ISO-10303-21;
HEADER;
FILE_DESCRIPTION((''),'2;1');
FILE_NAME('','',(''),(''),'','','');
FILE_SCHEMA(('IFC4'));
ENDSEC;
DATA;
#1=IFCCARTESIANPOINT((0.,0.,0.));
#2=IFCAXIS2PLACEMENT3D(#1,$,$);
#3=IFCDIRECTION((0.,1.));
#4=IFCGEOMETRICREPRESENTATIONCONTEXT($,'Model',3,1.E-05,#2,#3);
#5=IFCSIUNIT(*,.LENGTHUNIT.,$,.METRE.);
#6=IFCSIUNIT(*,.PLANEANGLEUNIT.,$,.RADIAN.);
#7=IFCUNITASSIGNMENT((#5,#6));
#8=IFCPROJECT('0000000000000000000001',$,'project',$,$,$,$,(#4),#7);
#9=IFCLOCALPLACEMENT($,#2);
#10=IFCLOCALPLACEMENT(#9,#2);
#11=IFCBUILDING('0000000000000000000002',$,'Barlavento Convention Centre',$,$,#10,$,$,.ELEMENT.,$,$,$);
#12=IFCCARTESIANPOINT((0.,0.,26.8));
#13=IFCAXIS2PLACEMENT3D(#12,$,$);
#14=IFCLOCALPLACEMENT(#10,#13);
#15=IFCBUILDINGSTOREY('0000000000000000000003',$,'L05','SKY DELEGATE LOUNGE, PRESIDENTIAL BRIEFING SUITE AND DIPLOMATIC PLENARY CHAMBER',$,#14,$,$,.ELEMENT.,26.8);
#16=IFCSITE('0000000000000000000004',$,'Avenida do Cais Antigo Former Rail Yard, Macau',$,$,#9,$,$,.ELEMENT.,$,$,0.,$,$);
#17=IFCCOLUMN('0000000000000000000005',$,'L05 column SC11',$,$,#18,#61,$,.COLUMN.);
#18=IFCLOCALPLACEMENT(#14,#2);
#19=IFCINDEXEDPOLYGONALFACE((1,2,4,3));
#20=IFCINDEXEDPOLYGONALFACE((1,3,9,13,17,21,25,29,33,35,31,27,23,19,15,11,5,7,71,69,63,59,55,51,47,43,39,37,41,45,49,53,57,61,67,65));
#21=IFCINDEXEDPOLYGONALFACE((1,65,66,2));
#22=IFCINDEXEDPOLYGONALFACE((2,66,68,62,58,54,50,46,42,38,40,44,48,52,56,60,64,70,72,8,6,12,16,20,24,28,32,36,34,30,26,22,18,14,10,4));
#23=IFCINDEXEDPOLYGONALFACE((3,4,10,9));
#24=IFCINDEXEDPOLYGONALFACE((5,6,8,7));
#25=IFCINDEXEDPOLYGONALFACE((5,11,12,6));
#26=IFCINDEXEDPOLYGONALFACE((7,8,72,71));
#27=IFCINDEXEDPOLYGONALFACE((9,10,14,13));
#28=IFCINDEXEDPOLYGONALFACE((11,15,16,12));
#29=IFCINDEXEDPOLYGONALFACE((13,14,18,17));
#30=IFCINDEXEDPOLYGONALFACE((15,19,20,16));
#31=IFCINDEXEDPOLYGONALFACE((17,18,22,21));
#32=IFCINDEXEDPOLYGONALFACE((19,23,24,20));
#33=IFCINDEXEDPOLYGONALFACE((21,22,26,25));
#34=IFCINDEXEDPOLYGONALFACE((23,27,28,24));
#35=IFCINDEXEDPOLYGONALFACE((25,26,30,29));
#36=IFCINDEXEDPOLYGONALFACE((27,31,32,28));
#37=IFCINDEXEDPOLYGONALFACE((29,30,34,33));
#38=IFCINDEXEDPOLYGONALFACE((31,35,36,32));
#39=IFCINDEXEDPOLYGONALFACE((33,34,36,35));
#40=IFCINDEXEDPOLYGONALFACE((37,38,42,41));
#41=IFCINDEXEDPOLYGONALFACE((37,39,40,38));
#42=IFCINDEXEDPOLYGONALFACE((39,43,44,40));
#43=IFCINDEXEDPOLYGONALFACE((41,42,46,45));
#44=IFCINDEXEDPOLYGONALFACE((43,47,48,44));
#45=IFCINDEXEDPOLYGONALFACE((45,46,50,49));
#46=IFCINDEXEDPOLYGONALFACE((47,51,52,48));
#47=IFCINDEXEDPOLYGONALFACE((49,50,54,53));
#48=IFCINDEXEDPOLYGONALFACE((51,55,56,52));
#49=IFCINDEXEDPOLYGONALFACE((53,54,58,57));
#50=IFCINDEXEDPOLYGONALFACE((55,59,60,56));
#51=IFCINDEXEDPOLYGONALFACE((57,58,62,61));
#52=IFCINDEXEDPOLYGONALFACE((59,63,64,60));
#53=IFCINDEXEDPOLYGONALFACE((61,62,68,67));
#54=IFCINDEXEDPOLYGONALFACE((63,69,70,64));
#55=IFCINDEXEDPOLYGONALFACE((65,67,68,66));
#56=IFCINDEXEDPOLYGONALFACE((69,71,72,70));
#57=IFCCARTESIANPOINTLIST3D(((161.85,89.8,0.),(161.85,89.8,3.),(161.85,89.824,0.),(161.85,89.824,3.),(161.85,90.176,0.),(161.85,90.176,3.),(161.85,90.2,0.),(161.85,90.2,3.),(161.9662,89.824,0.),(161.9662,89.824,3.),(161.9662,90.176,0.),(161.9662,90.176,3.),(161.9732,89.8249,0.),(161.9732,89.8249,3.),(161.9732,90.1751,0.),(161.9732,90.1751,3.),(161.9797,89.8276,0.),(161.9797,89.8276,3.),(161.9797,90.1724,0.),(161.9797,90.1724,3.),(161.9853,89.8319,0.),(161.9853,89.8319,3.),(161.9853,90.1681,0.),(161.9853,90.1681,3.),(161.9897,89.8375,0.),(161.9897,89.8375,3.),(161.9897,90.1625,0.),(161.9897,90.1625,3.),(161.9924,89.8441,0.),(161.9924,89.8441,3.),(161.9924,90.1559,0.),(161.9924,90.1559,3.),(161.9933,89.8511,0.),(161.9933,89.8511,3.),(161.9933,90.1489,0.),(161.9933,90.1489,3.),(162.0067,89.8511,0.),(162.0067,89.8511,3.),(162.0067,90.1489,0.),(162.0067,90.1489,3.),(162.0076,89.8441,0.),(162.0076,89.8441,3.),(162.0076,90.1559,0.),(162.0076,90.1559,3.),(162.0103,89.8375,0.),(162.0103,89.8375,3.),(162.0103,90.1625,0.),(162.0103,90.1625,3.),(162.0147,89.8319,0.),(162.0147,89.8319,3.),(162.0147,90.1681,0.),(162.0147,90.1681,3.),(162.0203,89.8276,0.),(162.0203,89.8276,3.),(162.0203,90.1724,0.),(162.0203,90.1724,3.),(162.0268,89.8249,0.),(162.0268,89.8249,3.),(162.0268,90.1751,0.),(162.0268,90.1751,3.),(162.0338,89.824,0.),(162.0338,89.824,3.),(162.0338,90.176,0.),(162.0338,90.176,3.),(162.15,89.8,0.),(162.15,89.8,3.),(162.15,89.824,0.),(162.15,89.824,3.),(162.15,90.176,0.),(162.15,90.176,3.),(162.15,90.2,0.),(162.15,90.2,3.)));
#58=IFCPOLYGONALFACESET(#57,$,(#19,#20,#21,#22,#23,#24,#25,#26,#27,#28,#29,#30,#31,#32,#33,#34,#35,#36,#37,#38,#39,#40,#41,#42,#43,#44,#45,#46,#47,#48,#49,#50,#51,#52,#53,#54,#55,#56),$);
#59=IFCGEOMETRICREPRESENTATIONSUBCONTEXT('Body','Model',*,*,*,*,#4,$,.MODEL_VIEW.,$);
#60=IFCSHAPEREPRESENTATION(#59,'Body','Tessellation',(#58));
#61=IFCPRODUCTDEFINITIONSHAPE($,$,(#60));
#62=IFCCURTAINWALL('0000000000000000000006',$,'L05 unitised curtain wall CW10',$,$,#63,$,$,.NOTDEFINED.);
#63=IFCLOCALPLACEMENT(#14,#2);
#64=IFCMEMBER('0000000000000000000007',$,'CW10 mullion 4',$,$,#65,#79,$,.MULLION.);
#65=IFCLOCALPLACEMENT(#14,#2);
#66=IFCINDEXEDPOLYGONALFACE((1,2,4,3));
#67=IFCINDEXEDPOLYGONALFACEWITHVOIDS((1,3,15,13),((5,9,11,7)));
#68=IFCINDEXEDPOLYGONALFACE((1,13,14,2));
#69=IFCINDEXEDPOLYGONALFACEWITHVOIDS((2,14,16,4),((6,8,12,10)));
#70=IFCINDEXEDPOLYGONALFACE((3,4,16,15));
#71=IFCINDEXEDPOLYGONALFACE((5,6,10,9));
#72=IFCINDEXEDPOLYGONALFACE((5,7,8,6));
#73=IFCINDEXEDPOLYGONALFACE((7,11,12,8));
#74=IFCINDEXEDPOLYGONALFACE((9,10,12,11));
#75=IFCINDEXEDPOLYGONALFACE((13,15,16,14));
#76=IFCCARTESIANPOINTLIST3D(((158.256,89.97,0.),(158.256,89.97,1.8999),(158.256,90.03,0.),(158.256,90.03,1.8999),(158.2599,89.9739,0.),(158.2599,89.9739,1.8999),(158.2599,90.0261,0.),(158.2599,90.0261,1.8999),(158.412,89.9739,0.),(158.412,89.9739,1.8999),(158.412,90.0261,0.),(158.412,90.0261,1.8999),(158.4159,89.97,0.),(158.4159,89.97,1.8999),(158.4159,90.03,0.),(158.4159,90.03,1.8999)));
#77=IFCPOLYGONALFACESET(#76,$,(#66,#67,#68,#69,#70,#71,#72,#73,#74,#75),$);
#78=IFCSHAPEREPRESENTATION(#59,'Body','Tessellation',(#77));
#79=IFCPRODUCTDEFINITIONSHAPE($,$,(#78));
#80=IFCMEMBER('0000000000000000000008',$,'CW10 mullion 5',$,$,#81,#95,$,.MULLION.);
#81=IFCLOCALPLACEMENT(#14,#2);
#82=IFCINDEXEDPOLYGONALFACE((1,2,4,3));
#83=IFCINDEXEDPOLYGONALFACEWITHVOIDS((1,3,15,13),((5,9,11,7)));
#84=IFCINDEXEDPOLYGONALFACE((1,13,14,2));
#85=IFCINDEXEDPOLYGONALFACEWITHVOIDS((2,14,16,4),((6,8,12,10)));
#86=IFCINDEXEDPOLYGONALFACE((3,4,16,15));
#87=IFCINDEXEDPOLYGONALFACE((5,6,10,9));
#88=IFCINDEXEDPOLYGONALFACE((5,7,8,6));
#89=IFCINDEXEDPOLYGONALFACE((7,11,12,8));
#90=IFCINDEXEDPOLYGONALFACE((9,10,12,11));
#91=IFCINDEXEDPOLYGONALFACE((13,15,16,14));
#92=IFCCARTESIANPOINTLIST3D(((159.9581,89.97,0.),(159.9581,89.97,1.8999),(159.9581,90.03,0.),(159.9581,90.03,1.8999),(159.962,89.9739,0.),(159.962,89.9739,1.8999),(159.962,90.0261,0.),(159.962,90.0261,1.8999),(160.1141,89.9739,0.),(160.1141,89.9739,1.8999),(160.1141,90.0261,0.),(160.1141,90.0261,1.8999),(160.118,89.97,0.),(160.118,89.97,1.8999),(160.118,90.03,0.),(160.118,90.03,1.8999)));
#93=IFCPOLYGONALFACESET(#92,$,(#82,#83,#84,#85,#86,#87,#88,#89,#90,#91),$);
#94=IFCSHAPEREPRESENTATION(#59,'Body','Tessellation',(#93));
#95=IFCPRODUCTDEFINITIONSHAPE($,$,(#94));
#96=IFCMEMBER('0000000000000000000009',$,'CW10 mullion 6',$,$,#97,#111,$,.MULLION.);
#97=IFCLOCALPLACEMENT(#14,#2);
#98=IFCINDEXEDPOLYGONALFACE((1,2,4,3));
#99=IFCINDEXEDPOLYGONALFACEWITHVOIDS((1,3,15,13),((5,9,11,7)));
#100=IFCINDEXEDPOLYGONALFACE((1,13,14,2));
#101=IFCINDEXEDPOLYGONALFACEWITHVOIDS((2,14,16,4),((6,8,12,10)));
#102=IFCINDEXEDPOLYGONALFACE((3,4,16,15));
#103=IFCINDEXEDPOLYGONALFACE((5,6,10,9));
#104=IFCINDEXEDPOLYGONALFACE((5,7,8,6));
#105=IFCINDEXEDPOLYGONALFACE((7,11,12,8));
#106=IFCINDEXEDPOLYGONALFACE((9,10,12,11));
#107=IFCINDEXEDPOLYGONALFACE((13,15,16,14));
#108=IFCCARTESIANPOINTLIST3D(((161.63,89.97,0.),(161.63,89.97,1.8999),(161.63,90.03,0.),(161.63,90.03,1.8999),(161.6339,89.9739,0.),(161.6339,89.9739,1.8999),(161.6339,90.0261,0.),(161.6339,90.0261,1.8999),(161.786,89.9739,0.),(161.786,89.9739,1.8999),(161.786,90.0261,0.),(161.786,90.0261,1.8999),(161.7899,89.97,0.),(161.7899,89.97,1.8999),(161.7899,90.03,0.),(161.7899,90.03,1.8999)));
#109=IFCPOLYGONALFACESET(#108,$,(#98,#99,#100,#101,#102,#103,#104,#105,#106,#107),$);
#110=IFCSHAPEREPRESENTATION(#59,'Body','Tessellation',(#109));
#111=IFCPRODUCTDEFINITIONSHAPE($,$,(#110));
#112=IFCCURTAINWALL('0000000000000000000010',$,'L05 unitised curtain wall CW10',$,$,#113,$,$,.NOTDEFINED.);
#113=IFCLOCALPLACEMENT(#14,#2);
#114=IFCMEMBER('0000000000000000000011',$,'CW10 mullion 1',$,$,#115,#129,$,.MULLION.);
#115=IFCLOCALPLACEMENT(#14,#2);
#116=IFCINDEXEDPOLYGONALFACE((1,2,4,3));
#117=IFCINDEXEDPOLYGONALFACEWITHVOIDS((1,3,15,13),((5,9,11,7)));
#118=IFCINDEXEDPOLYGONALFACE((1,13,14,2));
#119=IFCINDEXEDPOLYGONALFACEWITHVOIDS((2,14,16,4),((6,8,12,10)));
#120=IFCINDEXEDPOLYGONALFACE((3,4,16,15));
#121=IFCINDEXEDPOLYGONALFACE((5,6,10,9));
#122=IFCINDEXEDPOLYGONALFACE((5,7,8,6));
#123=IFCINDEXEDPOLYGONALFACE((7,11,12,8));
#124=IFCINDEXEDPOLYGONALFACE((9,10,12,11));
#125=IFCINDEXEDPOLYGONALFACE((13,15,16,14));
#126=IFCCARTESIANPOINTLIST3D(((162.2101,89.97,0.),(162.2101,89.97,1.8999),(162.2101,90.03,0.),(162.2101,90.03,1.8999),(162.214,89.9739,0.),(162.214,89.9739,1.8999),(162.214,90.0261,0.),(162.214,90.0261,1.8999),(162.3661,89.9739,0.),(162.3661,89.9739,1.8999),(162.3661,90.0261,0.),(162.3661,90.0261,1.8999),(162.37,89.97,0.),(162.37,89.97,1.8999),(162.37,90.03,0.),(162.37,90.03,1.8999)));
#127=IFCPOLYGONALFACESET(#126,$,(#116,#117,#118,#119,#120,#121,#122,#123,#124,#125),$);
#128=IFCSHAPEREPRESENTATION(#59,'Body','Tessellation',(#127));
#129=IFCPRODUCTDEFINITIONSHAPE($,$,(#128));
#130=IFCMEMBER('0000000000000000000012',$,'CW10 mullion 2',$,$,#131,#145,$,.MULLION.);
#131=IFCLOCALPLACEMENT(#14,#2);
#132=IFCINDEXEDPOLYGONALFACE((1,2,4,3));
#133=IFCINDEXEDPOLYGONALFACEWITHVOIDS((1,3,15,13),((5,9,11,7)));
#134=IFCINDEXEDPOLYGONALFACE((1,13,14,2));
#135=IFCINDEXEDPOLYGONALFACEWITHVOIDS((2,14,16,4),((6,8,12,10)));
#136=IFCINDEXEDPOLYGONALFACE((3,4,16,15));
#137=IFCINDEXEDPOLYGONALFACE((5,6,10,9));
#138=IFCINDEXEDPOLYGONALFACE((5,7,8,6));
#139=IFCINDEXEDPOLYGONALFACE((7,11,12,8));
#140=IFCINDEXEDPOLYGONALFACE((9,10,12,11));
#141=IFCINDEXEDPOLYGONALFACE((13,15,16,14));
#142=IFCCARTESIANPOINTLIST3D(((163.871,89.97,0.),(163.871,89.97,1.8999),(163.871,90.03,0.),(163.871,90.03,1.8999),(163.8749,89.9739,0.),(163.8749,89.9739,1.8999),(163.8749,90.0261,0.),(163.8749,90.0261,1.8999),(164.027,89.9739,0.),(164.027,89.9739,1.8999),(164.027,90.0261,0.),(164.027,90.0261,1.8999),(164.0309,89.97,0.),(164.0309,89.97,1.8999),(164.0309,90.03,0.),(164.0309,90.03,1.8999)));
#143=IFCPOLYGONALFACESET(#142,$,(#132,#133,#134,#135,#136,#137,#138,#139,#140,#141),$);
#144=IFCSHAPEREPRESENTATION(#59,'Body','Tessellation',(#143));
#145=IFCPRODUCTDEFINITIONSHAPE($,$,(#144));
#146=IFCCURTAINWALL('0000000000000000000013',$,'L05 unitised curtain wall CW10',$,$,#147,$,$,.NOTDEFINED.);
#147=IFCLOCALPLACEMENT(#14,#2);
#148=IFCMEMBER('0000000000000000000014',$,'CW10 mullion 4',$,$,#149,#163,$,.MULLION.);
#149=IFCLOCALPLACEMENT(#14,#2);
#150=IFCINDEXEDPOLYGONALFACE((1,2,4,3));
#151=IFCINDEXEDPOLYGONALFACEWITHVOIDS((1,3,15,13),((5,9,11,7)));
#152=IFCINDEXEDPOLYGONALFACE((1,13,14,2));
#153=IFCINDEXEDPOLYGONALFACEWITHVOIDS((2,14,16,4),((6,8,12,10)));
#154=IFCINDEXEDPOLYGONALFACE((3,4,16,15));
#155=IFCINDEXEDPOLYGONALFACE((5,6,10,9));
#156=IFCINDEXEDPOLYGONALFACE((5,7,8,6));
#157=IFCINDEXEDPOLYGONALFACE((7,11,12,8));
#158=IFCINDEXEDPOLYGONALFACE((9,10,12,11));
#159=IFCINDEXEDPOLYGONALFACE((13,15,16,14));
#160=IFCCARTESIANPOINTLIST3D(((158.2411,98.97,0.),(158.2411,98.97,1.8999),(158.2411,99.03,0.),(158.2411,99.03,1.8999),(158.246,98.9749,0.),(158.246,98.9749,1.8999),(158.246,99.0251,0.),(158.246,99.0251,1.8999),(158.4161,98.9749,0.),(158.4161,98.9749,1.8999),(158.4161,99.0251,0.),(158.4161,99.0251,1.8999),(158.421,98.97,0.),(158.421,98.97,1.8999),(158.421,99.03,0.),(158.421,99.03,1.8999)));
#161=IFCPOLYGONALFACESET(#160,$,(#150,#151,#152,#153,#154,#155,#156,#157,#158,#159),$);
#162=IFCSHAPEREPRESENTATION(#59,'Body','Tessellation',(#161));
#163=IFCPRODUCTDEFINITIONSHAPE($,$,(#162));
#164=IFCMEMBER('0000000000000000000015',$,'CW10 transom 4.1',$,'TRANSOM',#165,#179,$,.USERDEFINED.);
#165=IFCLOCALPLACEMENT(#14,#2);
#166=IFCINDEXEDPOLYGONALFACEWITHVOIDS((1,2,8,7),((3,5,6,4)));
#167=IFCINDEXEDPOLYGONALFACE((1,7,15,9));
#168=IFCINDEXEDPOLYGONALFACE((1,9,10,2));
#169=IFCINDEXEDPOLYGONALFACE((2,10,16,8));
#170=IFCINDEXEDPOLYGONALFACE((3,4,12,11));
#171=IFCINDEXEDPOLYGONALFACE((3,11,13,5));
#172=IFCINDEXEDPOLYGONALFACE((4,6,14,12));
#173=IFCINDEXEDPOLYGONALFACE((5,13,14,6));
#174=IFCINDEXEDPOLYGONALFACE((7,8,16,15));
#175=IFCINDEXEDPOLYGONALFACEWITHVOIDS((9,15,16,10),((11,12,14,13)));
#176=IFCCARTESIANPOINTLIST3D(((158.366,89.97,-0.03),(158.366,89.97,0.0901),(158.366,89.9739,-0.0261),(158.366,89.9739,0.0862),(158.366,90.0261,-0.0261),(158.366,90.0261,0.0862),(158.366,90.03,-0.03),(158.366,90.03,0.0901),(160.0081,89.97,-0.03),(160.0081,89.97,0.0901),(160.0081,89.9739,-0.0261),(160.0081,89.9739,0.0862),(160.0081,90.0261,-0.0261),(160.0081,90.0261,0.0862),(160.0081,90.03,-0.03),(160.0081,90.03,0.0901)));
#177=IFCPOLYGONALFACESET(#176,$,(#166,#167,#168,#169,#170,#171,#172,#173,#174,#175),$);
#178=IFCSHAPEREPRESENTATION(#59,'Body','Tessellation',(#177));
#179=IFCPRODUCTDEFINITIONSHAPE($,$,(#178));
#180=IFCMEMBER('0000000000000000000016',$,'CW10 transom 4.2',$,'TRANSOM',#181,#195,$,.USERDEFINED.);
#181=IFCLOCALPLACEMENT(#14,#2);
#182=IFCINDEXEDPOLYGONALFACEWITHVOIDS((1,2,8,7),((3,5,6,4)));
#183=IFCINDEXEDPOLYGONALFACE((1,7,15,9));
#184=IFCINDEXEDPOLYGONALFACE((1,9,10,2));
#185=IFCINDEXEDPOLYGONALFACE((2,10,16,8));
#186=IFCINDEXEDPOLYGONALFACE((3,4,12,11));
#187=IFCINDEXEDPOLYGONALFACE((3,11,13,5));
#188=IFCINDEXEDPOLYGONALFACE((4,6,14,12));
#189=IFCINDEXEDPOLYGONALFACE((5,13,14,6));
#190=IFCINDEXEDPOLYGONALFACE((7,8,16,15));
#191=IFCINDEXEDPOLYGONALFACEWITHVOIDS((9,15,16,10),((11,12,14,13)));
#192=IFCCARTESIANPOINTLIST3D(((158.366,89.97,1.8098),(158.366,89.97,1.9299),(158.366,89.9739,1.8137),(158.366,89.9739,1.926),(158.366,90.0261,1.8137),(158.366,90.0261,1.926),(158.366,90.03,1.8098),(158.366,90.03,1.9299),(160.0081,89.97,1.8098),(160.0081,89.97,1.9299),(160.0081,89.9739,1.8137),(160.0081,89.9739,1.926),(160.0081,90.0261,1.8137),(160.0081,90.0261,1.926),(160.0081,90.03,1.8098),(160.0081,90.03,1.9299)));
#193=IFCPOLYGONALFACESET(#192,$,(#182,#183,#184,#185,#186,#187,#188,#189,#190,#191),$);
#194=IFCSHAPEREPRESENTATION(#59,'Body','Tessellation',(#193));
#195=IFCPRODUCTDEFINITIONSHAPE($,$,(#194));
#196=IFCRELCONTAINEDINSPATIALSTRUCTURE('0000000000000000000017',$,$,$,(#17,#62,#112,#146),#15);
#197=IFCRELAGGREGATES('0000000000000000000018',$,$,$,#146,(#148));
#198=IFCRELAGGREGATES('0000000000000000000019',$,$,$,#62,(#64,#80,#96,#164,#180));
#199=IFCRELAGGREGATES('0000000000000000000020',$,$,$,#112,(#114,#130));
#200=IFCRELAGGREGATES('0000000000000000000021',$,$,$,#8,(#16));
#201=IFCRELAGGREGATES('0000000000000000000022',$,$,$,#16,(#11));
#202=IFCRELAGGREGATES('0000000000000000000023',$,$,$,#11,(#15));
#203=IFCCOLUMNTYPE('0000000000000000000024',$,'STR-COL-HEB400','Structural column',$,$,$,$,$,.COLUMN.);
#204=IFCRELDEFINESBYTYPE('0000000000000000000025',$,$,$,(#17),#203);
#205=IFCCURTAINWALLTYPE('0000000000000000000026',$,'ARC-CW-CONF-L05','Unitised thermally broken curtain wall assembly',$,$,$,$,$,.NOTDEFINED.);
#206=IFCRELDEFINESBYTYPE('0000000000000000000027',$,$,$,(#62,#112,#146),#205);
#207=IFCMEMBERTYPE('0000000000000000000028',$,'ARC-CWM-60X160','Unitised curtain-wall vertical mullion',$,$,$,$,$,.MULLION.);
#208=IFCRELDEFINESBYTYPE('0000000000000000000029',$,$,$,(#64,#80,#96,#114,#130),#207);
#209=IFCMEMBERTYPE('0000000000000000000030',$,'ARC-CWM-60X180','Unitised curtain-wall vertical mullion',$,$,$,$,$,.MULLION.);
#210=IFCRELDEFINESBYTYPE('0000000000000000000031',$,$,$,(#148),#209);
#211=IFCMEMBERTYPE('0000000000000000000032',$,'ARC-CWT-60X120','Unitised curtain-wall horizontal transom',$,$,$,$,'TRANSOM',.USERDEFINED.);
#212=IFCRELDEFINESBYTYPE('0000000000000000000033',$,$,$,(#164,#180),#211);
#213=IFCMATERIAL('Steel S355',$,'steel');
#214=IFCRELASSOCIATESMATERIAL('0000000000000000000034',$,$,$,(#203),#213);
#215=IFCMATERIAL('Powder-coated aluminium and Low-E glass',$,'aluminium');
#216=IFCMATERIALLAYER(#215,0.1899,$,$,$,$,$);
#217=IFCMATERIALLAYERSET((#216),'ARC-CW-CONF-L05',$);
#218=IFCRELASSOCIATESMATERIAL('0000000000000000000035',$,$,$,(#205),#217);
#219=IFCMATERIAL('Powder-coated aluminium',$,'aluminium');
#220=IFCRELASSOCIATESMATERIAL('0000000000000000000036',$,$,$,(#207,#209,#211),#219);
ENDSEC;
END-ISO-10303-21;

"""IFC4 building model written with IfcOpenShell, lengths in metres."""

from ifc_helpers import new_model, si_unit, direction, frame, origin, origin_2d, place, context, subcontext, project, spatial, hollow_rectangle, i_section, extrude, material, layer, layer_set, material_profile, profile_set, type_object, element, aggregate, save


model = new_model("IFC4")

# Units and contexts
model_context = context("Model", 3, precision=1e-05, world=origin(), true_north=direction((0.0, 1.0)))
body_context = subcontext(model_context, "Body", "Model", "MODEL_VIEW")
ifc_project = project(units=[si_unit("LENGTHUNIT", "METRE"), si_unit("PLANEANGLEUNIT", "RADIAN")], contexts=[model_context])

# Site, building, storey
site_placement = place(None, origin())
site = spatial("IfcSite", under=ifc_project, at=site_placement, Name="Avenida do Cais Antigo Former Rail Yard, Macau", CompositionType="ELEMENT", RefElevation=0.0)
building_placement = place(site_placement, origin())
building = spatial("IfcBuilding", under=site, at=building_placement, Name="Barlavento Convention Centre", CompositionType="ELEMENT")
storey_placement = place(building_placement, frame((0.0, 0.0, 26.8)))
storey = spatial("IfcBuildingStorey", under=building, at=storey_placement, Name="L05", Description="SKY DELEGATE LOUNGE, PRESIDENTIAL BRIEFING SUITE AND DIPLOMATIC PLENARY CHAMBER", CompositionType="ELEMENT", Elevation=26.8)

# Column
ifc_material_1 = material(Name="Steel S355", Category="steel")
ifc_material_profile_1 = material_profile(ifc_material_1, i_section(OverallWidth=0.3, OverallDepth=0.3999, WebThickness=0.0134, FlangeThickness=0.0239, FilletRadius=0.0271, at=origin_2d()), Name="HEB 400")
ifc_profile_set_1 = profile_set([ifc_material_profile_1], Name="Steel S355")
column_type = type_object("IfcColumnType", Name="STR-COL-HEB400", Description="Structural column", PredefinedType="COLUMN", material=ifc_profile_set_1)
column_placement = place(storey_placement, frame((162.0, 90.0, 0.0), z_axis=(0.0, 0.0, 1.0), x_axis=(1.0, 0.0, 0.0)))
element("IfcColumn", 1, at=column_placement, inside=storey, type_object=column_type, Name="L05 column SC11", PredefinedType="COLUMN", context=body_context, shape_type="SweptSolid", body=[
    extrude(i_section(OverallWidth=0.3, OverallDepth=0.3999, WebThickness=0.0134, FlangeThickness=0.0239, FilletRadius=0.0271, at=origin_2d()), origin(), (0.0, 0.0, 1.0), 3.0),
])

# Curtain walls, members
ifc_material_2 = material(Name="Powder-coated aluminium and Low-E glass", Category="aluminium")
ifc_layer_1 = layer(ifc_material_2, 0.1899)
ifc_layer_set_1 = layer_set([ifc_layer_1], Name="ARC-CW-CONF-L05")
curtain_wall_type = type_object("IfcCurtainWallType", Name="ARC-CW-CONF-L05", Description="Unitised thermally broken curtain wall assembly", PredefinedType="NOTDEFINED", material=ifc_layer_set_1)
curtain_wall_1_placement = place(storey_placement, origin())
curtain_wall_1 = element("IfcCurtainWall", 2, at=curtain_wall_1_placement, inside=storey, type_object=curtain_wall_type, Name="L05 unitised curtain wall CW10", PredefinedType="NOTDEFINED")
ifc_material_3 = material(Name="Powder-coated aluminium", Category="aluminium")
ifc_material_profile_2 = material_profile(ifc_material_3, hollow_rectangle(XDim=0.0601, YDim=0.1599, WallThickness=0.0039, at=origin_2d()), Name="AL-MULL 60x160x4")
ifc_profile_set_2 = profile_set([ifc_material_profile_2], Name="Powder-coated aluminium")
member_type_1 = type_object("IfcMemberType", Name="ARC-CWM-60X160", Description="Unitised curtain-wall vertical mullion", PredefinedType="MULLION", material=ifc_profile_set_2)
member_1_placement = place(storey_placement, frame((158.3359, 90.0, 0.0), z_axis=(0.0, 0.0, 1.0), x_axis=(0.0, 1.0, 0.0)))
member_1 = element("IfcMember", 3, at=member_1_placement, type_object=member_type_1, Name="CW10 mullion 4", PredefinedType="MULLION", context=body_context, shape_type="SweptSolid", body=[
    extrude(hollow_rectangle(XDim=0.0601, YDim=0.1599, WallThickness=0.0039, at=origin_2d()), origin(), (0.0, 0.0, 1.0), 1.8999),
])
member_2_placement = place(storey_placement, frame((160.0381, 90.0, 0.0), z_axis=(0.0, 0.0, 1.0), x_axis=(0.0, 1.0, 0.0)))
member_2 = element("IfcMember", 4, at=member_2_placement, type_object=member_type_1, Name="CW10 mullion 5", PredefinedType="MULLION", context=body_context, shape_type="SweptSolid", body=[
    extrude(hollow_rectangle(XDim=0.0601, YDim=0.1599, WallThickness=0.0039, at=origin_2d()), origin(), (0.0, 0.0, 1.0), 1.8999),
])
member_3_placement = place(storey_placement, frame((161.71, 90.0, 0.0), z_axis=(0.0, 0.0, 1.0), x_axis=(0.0, 1.0, 0.0)))
member_3 = element("IfcMember", 5, at=member_3_placement, type_object=member_type_1, Name="CW10 mullion 6", PredefinedType="MULLION", context=body_context, shape_type="SweptSolid", body=[
    extrude(hollow_rectangle(XDim=0.0601, YDim=0.1599, WallThickness=0.0039, at=origin_2d()), origin(), (0.0, 0.0, 1.0), 1.8999),
])
curtain_wall_2_placement = place(storey_placement, origin())
curtain_wall_2 = element("IfcCurtainWall", 6, at=curtain_wall_2_placement, inside=storey, type_object=curtain_wall_type, Name="L05 unitised curtain wall CW10", PredefinedType="NOTDEFINED")
member_4_placement = place(storey_placement, frame((162.29, 90.0, 0.0), z_axis=(0.0, 0.0, 1.0), x_axis=(0.0, 1.0, 0.0)))
member_4 = element("IfcMember", 7, at=member_4_placement, type_object=member_type_1, Name="CW10 mullion 1", PredefinedType="MULLION", context=body_context, shape_type="SweptSolid", body=[
    extrude(hollow_rectangle(XDim=0.0601, YDim=0.1599, WallThickness=0.0039, at=origin_2d()), origin(), (0.0, 0.0, 1.0), 1.8999),
])
member_5_placement = place(storey_placement, frame((163.9509, 90.0, 0.0), z_axis=(0.0, 0.0, 1.0), x_axis=(0.0, 1.0, 0.0)))
member_5 = element("IfcMember", 8, at=member_5_placement, type_object=member_type_1, Name="CW10 mullion 2", PredefinedType="MULLION", context=body_context, shape_type="SweptSolid", body=[
    extrude(hollow_rectangle(XDim=0.0601, YDim=0.1599, WallThickness=0.0039, at=origin_2d()), origin(), (0.0, 0.0, 1.0), 1.8999),
])

# Curtain wall, member
curtain_wall_3_placement = place(storey_placement, origin())
curtain_wall_3 = element("IfcCurtainWall", 9, at=curtain_wall_3_placement, inside=storey, type_object=curtain_wall_type, Name="L05 unitised curtain wall CW10", PredefinedType="NOTDEFINED")
ifc_material_profile_3 = material_profile(ifc_material_3, hollow_rectangle(XDim=0.0601, YDim=0.1799, WallThickness=0.0049, at=origin_2d()), Name="AL-MULL 60x180x5")
ifc_profile_set_3 = profile_set([ifc_material_profile_3], Name="Powder-coated aluminium")
member_type_2 = type_object("IfcMemberType", Name="ARC-CWM-60X180", Description="Unitised curtain-wall vertical mullion", PredefinedType="MULLION", material=ifc_profile_set_3)
member_6_placement = place(storey_placement, frame((158.3311, 99.0, 0.0), z_axis=(0.0, 0.0, 1.0), x_axis=(0.0, 1.0, 0.0)))
member_6 = element("IfcMember", 10, at=member_6_placement, type_object=member_type_2, Name="CW10 mullion 4", PredefinedType="MULLION", context=body_context, shape_type="SweptSolid", body=[
    extrude(hollow_rectangle(XDim=0.0601, YDim=0.1799, WallThickness=0.0049, at=origin_2d()), origin(), (0.0, 0.0, 1.0), 1.8999),
])
aggregate(curtain_wall_3, [member_6])

# Members
ifc_material_profile_4 = material_profile(ifc_material_3, hollow_rectangle(XDim=0.0601, YDim=0.1201, WallThickness=0.0039, at=origin_2d()), Name="AL-TRAN 60x120x4")
ifc_profile_set_4 = profile_set([ifc_material_profile_4], Name="Powder-coated aluminium")
member_type_3 = type_object("IfcMemberType", Name="ARC-CWT-60X120", Description="Unitised curtain-wall horizontal transom", ElementType="TRANSOM", PredefinedType="USERDEFINED", material=ifc_profile_set_4)
member_7_placement = place(storey_placement, frame((158.366, 90.0, 0.03), z_axis=(1.0, 0.0, 0.0), x_axis=(0.0, 1.0, 0.0)))
member_7 = element("IfcMember", 11, at=member_7_placement, type_object=member_type_3, Name="CW10 transom 4.1", ObjectType="TRANSOM", PredefinedType="USERDEFINED", context=body_context, shape_type="SweptSolid", body=[
    extrude(hollow_rectangle(XDim=0.0601, YDim=0.1201, WallThickness=0.0039, at=origin_2d()), origin(), (0.0, 0.0, 1.0), 1.6421),
])
member_8_placement = place(storey_placement, frame((158.366, 90.0, 1.8699), z_axis=(1.0, 0.0, 0.0), x_axis=(0.0, 1.0, 0.0)))
member_8 = element("IfcMember", 12, at=member_8_placement, type_object=member_type_3, Name="CW10 transom 4.2", ObjectType="TRANSOM", PredefinedType="USERDEFINED", context=body_context, shape_type="SweptSolid", body=[
    extrude(hollow_rectangle(XDim=0.0601, YDim=0.1201, WallThickness=0.0039, at=origin_2d()), origin(), (0.0, 0.0, 1.0), 1.6421),
])

aggregate(curtain_wall_1, [member_1, member_2, member_3, member_7, member_8])
aggregate(curtain_wall_2, [member_4, member_5])

save(model, "model.ifc")
